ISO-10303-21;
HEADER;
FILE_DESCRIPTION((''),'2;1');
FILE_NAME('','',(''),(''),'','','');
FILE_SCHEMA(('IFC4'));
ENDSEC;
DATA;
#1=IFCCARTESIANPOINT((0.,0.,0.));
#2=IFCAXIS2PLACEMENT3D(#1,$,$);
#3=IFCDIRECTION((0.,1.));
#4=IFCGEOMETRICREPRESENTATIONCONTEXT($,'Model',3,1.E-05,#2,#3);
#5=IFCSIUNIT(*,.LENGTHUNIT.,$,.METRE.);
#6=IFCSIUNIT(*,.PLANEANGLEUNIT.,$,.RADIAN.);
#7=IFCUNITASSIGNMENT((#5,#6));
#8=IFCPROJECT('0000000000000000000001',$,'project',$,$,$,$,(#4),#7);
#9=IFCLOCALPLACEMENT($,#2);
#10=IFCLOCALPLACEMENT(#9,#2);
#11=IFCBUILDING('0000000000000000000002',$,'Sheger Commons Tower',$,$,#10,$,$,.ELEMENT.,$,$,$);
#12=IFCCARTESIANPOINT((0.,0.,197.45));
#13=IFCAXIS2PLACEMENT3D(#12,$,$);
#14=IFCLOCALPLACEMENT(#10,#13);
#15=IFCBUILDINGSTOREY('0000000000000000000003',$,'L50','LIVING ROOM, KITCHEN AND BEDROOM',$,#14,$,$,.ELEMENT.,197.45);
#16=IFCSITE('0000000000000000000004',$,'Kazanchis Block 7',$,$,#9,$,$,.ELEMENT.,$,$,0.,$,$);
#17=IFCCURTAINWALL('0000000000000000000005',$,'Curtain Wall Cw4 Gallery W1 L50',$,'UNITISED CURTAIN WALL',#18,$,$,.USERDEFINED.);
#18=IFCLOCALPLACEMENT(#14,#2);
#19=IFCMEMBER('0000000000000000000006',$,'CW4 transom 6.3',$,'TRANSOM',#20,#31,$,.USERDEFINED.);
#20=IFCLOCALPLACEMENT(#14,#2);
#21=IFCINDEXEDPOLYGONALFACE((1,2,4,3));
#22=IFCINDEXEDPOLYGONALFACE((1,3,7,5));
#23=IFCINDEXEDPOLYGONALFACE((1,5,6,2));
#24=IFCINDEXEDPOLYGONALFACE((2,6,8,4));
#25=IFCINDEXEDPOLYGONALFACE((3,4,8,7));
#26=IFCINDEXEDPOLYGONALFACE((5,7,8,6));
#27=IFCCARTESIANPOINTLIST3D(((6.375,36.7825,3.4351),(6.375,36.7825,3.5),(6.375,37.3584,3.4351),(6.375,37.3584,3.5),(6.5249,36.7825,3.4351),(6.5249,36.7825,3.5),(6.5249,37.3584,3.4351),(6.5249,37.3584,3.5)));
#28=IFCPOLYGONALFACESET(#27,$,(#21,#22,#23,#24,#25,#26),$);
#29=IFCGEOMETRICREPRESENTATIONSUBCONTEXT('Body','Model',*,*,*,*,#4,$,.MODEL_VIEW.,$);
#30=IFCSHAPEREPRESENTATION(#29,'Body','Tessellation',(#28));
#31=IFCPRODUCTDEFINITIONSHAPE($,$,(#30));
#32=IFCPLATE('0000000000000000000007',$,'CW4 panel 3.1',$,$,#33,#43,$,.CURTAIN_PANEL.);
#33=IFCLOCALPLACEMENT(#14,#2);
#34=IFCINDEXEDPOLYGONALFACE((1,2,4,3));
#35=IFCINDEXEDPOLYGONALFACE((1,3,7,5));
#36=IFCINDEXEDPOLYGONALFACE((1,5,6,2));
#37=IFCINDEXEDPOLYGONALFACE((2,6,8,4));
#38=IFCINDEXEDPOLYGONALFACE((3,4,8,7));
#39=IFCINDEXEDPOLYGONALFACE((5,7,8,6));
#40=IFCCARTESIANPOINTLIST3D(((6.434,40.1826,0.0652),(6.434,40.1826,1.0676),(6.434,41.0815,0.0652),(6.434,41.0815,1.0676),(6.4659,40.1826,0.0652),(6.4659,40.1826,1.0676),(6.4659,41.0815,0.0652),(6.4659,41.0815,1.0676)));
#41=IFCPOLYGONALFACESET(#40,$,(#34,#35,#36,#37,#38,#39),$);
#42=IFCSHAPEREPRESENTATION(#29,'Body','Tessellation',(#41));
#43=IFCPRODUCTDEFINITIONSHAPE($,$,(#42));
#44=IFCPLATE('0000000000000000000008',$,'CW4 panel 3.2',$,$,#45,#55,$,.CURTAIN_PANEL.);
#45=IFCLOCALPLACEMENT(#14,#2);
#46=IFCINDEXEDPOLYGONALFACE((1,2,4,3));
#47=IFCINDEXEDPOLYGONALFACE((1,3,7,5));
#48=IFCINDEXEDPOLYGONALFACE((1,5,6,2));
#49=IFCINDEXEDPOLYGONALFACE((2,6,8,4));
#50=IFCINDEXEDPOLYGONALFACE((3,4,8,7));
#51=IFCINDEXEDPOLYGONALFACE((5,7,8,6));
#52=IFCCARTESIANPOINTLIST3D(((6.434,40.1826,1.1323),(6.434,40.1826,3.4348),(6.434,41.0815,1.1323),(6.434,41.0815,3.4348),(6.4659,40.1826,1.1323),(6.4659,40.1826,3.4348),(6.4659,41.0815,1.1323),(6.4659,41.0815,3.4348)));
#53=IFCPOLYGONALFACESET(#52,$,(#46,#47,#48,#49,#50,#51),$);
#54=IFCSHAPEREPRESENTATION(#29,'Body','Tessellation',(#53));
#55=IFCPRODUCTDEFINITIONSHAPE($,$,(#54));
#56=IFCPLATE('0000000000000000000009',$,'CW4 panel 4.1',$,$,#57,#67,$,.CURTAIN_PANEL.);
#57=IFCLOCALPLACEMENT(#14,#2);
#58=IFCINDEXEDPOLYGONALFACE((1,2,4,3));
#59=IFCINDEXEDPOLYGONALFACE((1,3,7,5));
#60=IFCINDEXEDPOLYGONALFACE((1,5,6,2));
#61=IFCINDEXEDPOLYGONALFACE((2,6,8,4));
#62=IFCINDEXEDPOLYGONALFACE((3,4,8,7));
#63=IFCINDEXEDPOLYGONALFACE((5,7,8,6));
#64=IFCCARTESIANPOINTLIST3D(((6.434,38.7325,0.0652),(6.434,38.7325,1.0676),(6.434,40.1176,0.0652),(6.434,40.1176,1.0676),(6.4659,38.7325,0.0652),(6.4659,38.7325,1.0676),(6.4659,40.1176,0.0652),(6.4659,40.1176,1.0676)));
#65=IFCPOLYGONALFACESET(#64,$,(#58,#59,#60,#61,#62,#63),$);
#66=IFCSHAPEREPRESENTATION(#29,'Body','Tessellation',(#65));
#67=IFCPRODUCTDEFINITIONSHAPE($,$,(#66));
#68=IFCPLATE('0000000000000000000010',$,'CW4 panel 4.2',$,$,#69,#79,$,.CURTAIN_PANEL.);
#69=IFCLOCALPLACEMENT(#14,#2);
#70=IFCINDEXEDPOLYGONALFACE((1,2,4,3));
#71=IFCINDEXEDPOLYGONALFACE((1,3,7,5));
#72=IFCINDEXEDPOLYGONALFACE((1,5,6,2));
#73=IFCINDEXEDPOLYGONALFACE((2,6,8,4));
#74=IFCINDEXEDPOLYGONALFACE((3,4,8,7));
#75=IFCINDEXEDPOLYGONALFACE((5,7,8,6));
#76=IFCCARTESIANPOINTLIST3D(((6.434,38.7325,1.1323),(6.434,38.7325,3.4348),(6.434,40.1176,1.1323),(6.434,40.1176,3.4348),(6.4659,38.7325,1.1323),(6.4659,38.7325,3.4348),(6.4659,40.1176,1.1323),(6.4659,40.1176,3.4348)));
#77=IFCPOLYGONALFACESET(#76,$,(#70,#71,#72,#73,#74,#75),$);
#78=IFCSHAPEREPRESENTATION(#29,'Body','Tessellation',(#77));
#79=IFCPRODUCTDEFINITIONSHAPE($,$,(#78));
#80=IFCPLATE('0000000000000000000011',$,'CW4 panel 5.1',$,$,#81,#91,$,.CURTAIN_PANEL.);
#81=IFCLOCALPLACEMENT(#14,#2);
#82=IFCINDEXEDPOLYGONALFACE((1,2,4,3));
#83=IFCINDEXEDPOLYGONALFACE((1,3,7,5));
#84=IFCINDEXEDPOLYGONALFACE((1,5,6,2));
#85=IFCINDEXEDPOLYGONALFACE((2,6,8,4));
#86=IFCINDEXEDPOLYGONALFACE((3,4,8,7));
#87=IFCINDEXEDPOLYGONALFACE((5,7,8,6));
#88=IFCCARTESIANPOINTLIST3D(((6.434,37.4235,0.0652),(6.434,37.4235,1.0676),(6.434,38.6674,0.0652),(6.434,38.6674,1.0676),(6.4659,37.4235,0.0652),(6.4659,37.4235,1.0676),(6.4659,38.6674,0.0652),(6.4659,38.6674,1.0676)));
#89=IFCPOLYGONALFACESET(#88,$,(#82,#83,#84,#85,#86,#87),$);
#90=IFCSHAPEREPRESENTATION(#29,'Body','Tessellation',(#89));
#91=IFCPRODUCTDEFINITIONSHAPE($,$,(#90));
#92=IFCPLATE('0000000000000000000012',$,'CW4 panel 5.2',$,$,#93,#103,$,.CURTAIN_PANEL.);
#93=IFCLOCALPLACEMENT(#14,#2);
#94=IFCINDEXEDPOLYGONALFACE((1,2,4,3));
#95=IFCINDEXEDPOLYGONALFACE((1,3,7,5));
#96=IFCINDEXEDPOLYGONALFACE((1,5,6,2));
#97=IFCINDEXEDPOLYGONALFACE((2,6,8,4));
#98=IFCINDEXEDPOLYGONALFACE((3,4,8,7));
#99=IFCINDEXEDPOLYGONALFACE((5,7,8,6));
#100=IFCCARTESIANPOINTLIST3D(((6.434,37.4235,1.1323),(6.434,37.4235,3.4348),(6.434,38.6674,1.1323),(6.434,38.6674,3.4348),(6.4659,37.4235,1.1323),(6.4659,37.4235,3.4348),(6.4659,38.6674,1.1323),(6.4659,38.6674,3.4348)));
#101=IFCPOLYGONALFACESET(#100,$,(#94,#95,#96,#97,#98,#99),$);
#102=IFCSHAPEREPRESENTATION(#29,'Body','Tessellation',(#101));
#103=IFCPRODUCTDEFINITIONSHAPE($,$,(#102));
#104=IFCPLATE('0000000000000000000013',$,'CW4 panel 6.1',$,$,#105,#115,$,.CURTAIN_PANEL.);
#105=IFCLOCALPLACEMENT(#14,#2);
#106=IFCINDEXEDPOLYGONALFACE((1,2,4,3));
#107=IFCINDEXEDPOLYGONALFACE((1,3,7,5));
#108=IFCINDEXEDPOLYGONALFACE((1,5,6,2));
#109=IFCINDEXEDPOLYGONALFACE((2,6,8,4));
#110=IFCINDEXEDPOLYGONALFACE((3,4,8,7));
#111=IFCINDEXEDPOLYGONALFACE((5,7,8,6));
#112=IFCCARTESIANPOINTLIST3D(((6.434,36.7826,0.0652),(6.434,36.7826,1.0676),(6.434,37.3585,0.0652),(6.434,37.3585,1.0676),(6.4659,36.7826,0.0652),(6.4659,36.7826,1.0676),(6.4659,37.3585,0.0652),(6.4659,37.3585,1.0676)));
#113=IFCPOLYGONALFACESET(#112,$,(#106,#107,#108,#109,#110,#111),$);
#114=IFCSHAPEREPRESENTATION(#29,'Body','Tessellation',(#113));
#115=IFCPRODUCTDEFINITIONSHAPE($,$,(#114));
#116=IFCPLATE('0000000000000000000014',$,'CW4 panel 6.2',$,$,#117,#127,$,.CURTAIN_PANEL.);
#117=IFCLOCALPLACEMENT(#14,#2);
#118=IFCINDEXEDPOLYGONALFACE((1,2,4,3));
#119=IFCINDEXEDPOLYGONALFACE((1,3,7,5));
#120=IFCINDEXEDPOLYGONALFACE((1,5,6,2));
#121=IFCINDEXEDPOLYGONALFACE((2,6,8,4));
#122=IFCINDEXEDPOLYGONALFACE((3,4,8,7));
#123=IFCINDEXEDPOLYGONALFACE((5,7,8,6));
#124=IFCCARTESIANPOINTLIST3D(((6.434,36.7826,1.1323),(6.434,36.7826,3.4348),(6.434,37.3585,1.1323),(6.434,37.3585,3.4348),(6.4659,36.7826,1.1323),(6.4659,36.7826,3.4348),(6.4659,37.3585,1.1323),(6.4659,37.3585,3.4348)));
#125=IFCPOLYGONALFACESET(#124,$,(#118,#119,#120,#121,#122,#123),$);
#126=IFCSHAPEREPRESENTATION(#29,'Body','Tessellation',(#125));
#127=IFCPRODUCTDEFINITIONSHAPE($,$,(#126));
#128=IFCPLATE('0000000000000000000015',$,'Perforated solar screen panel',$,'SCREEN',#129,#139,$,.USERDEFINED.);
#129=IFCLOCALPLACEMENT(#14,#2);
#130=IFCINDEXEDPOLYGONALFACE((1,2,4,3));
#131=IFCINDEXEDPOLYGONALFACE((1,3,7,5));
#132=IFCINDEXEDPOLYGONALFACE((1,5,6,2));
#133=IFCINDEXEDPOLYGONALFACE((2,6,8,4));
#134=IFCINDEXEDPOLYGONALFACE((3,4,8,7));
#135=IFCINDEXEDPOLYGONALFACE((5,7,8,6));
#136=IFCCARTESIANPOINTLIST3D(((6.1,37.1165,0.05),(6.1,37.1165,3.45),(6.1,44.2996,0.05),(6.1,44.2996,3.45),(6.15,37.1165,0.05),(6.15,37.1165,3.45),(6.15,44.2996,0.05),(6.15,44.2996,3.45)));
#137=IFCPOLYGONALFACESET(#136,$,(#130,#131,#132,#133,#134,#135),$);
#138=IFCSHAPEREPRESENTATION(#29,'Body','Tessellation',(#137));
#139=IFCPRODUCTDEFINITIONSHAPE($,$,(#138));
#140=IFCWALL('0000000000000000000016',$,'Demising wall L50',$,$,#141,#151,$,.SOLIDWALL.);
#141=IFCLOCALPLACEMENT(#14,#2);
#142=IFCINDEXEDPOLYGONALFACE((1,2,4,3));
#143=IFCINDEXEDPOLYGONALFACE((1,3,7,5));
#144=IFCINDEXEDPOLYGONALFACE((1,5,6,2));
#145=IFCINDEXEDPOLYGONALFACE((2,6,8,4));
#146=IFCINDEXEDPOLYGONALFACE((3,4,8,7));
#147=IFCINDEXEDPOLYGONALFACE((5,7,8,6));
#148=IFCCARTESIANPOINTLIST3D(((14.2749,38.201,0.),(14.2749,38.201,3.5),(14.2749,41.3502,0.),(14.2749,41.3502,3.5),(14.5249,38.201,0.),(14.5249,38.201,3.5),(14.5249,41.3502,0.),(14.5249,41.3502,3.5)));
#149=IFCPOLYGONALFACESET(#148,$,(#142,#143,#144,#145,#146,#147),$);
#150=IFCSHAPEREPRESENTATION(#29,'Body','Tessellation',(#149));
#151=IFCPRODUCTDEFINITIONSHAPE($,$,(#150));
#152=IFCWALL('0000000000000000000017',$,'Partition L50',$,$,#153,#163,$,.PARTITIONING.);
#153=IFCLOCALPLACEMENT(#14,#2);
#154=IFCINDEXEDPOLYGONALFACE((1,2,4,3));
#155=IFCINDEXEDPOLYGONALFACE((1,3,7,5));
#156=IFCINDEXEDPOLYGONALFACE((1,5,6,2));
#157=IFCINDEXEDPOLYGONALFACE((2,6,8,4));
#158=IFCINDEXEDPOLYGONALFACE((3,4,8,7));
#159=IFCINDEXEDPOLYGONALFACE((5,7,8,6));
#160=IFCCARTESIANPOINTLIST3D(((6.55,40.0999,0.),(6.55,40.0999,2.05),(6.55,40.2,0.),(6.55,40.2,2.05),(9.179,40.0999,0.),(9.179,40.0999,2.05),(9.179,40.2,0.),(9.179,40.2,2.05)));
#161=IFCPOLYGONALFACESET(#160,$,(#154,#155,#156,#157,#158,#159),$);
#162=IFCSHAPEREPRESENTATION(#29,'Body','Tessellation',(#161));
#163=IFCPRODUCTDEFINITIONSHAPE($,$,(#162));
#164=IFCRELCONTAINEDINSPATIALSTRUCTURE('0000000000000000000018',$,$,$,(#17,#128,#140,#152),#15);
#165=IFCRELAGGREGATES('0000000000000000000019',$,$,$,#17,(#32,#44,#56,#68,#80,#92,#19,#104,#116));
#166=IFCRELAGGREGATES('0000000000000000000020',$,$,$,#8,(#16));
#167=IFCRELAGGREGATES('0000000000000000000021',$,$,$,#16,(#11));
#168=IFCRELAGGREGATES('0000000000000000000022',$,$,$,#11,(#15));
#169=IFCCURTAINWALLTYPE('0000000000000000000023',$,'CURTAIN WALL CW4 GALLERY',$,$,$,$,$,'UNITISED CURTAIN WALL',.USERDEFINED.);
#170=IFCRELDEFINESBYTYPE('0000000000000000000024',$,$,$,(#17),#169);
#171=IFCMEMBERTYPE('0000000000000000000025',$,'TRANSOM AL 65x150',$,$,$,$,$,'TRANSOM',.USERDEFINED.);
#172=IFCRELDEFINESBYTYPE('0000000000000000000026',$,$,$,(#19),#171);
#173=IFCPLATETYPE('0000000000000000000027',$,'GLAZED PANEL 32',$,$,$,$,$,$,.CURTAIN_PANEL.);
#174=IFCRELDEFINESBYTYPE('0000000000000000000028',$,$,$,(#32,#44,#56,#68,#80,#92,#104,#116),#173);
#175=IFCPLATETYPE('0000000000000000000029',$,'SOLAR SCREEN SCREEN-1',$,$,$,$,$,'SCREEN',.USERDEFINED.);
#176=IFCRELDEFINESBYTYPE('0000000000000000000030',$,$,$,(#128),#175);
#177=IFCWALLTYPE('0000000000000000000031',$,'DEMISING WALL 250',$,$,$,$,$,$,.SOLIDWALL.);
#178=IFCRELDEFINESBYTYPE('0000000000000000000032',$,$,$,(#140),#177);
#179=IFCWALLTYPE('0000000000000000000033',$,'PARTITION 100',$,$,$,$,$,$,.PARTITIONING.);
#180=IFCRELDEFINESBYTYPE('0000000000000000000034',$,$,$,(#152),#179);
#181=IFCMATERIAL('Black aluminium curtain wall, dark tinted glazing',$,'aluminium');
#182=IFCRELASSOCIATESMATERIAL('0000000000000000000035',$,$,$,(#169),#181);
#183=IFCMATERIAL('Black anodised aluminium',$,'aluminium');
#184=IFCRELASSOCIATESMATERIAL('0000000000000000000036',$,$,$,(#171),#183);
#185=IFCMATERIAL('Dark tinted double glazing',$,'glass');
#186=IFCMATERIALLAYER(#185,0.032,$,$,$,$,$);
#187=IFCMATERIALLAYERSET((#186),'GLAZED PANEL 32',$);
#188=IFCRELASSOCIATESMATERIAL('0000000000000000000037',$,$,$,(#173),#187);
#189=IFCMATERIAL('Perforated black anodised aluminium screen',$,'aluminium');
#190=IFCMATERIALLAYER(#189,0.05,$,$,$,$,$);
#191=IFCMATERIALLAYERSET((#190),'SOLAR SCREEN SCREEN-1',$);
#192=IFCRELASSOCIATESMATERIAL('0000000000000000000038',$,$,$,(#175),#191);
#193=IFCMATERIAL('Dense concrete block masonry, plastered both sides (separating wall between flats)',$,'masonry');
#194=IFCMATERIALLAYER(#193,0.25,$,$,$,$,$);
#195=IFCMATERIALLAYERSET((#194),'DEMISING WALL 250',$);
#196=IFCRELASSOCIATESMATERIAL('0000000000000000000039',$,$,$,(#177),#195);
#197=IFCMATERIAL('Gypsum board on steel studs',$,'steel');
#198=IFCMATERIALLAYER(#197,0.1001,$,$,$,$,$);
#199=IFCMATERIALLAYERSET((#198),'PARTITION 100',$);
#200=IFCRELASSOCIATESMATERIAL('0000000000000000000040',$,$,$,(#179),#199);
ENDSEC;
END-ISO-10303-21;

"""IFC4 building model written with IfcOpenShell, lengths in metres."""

from ifc_helpers import new_model, si_unit, direction, frame, frame_2d, origin, origin_2d, place, context, subcontext, project, spatial, rectangle, extrude, material, layer, layer_set, material_profile, profile_set, type_object, element, aggregate, save


model = new_model("IFC4")

# Units and contexts
model_context = context("Model", 3, precision=1e-05, world=origin(), true_north=direction((0.0, 1.0)))
body_context = subcontext(model_context, "Body", "Model", "MODEL_VIEW")
ifc_project = project(units=[si_unit("LENGTHUNIT", "METRE"), si_unit("PLANEANGLEUNIT", "RADIAN")], contexts=[model_context])

# Site, building, storey
site_placement = place(None, origin())
site = spatial("IfcSite", under=ifc_project, at=site_placement, Name="Kazanchis Block 7", CompositionType="ELEMENT", RefElevation=0.0)
building_placement = place(site_placement, origin())
building = spatial("IfcBuilding", under=site, at=building_placement, Name="Sheger Commons Tower", CompositionType="ELEMENT")
storey_placement = place(building_placement, frame((0.0, 0.0, 197.45)))
storey = spatial("IfcBuildingStorey", under=building, at=storey_placement, Name="L50", Description="LIVING ROOM, KITCHEN AND BEDROOM", CompositionType="ELEMENT", Elevation=197.45)

# Curtain wall
ifc_material_1 = material(Name="Black aluminium curtain wall, dark tinted glazing", Category="aluminium")
curtain_wall_type = type_object("IfcCurtainWallType", Name="CURTAIN WALL CW4 GALLERY", ElementType="UNITISED CURTAIN WALL", PredefinedType="USERDEFINED", material=ifc_material_1)
curtain_wall_placement = place(storey_placement, origin())
curtain_wall = element("IfcCurtainWall", 1, at=curtain_wall_placement, inside=storey, type_object=curtain_wall_type, Name="Curtain Wall Cw4 Gallery W1 L50", ObjectType="UNITISED CURTAIN WALL", PredefinedType="USERDEFINED")

# Member
ifc_material_2 = material(Name="Black anodised aluminium", Category="aluminium")
ifc_material_profile_1 = material_profile(ifc_material_2, rectangle(XDim=0.1499, YDim=0.0649, at=origin_2d()), Name="AL 65x150")
ifc_profile_set_1 = profile_set([ifc_material_profile_1], Name="Black anodised aluminium")
member_type_1 = type_object("IfcMemberType", Name="TRANSOM AL 65x150", ElementType="TRANSOM", PredefinedType="USERDEFINED", material=ifc_profile_set_1)
member_1_placement = place(storey_placement, frame((6.45, 37.3584, 3.4675), z_axis=(0.0, -1.0, 0.0), x_axis=(1.0, 0.0, 0.0)))
member_1 = element("IfcMember", 2, at=member_1_placement, type_object=member_type_1, Name="CW4 transom 6.3", ObjectType="TRANSOM", PredefinedType="USERDEFINED", context=body_context, shape_type="SweptSolid", body=[
    extrude(rectangle(XDim=0.1499, YDim=0.0649, at=origin_2d()), origin(), (0.0, 0.0, 1.0), 0.5759),
])

# Plates
ifc_material_3 = material(Name="Dark tinted double glazing", Category="glass")
ifc_layer_1 = layer(ifc_material_3, 0.032)
ifc_layer_set_1 = layer_set([ifc_layer_1], Name="GLAZED PANEL 32")
plate_type_1 = type_object("IfcPlateType", Name="GLAZED PANEL 32", PredefinedType="CURTAIN_PANEL", material=ifc_layer_set_1)
plate_1_placement = place(storey_placement, frame((6.45, 40.6321, 0.0652), z_axis=(0.0, 0.0, 1.0), x_axis=(0.0, -1.0, 0.0)))
plate_1 = element("IfcPlate", 3, at=plate_1_placement, type_object=plate_type_1, Name="CW4 panel 3.1", PredefinedType="CURTAIN_PANEL", context=body_context, shape_type="SweptSolid", body=[
    extrude(rectangle(XDim=0.8989, YDim=0.032, at=origin_2d()), origin(), (0.0, 0.0, 1.0), 1.0024),
])
plate_2_placement = place(storey_placement, frame((6.45, 40.6321, 1.1323), z_axis=(0.0, 0.0, 1.0), x_axis=(0.0, -1.0, 0.0)))
plate_2 = element("IfcPlate", 4, at=plate_2_placement, type_object=plate_type_1, Name="CW4 panel 3.2", PredefinedType="CURTAIN_PANEL", context=body_context, shape_type="SweptSolid", body=[
    extrude(rectangle(XDim=0.8989, YDim=0.032, at=origin_2d()), origin(), (0.0, 0.0, 1.0), 2.3025),
])
plate_3_placement = place(storey_placement, frame((6.45, 39.425, 0.0652), z_axis=(0.0, 0.0, 1.0), x_axis=(0.0, -1.0, 0.0)))
plate_3 = element("IfcPlate", 5, at=plate_3_placement, type_object=plate_type_1, Name="CW4 panel 4.1", PredefinedType="CURTAIN_PANEL", context=body_context, shape_type="SweptSolid", body=[
    extrude(rectangle(XDim=1.385, YDim=0.032, at=origin_2d()), origin(), (0.0, 0.0, 1.0), 1.0024),
])
plate_4_placement = place(storey_placement, frame((6.45, 39.425, 1.1323), z_axis=(0.0, 0.0, 1.0), x_axis=(0.0, -1.0, 0.0)))
plate_4 = element("IfcPlate", 6, at=plate_4_placement, type_object=plate_type_1, Name="CW4 panel 4.2", PredefinedType="CURTAIN_PANEL", context=body_context, shape_type="SweptSolid", body=[
    extrude(rectangle(XDim=1.385, YDim=0.032, at=origin_2d()), origin(), (0.0, 0.0, 1.0), 2.3025),
])
plate_5_placement = place(storey_placement, frame((6.45, 38.0454, 0.0652), z_axis=(0.0, 0.0, 1.0), x_axis=(0.0, -1.0, 0.0)))
plate_5 = element("IfcPlate", 7, at=plate_5_placement, type_object=plate_type_1, Name="CW4 panel 5.1", PredefinedType="CURTAIN_PANEL", context=body_context, shape_type="SweptSolid", body=[
    extrude(rectangle(XDim=1.2439, YDim=0.032, at=origin_2d()), origin(), (0.0, 0.0, 1.0), 1.0024),
])
plate_6_placement = place(storey_placement, frame((6.45, 38.0454, 1.1323), z_axis=(0.0, 0.0, 1.0), x_axis=(0.0, -1.0, 0.0)))
plate_6 = element("IfcPlate", 8, at=plate_6_placement, type_object=plate_type_1, Name="CW4 panel 5.2", PredefinedType="CURTAIN_PANEL", context=body_context, shape_type="SweptSolid", body=[
    extrude(rectangle(XDim=1.2439, YDim=0.032, at=origin_2d()), origin(), (0.0, 0.0, 1.0), 2.3025),
])
plate_7_placement = place(storey_placement, frame((6.45, 37.0706, 0.0652), z_axis=(0.0, 0.0, 1.0), x_axis=(0.0, -1.0, 0.0)))
plate_7 = element("IfcPlate", 9, at=plate_7_placement, type_object=plate_type_1, Name="CW4 panel 6.1", PredefinedType="CURTAIN_PANEL", context=body_context, shape_type="SweptSolid", body=[
    extrude(rectangle(XDim=0.5759, YDim=0.032, at=origin_2d()), origin(), (0.0, 0.0, 1.0), 1.0024),
])
plate_8_placement = place(storey_placement, frame((6.45, 37.0706, 1.1323), z_axis=(0.0, 0.0, 1.0), x_axis=(0.0, -1.0, 0.0)))
plate_8 = element("IfcPlate", 10, at=plate_8_placement, type_object=plate_type_1, Name="CW4 panel 6.2", PredefinedType="CURTAIN_PANEL", context=body_context, shape_type="SweptSolid", body=[
    extrude(rectangle(XDim=0.5759, YDim=0.032, at=origin_2d()), origin(), (0.0, 0.0, 1.0), 2.3025),
])
aggregate(curtain_wall, [plate_1, plate_2, plate_3, plate_4, plate_5, plate_6, member_1, plate_7, plate_8])
ifc_material_4 = material(Name="Perforated black anodised aluminium screen", Category="aluminium")
ifc_layer_2 = layer(ifc_material_4, 0.05)
ifc_layer_set_2 = layer_set([ifc_layer_2], Name="SOLAR SCREEN SCREEN-1")
plate_type_2 = type_object("IfcPlateType", Name="SOLAR SCREEN SCREEN-1", ElementType="SCREEN", PredefinedType="USERDEFINED", material=ifc_layer_set_2)
plate_9_placement = place(storey_placement, frame((6.125, 40.708, 0.05), z_axis=(0.0, 0.0, 1.0), x_axis=(0.0, -1.0, 0.0)))
element("IfcPlate", 11, at=plate_9_placement, inside=storey, type_object=plate_type_2, Name="Perforated solar screen panel", ObjectType="SCREEN", PredefinedType="USERDEFINED", context=body_context, shape_type="SweptSolid", body=[
    extrude(rectangle(XDim=7.1831, YDim=0.05, at=origin_2d()), origin(), (0.0, 0.0, 1.0), 3.3999),
])

# Walls
ifc_material_5 = material(Name="Dense concrete block masonry, plastered both sides (separating wall between flats)", Category="masonry")
ifc_layer_3 = layer(ifc_material_5, 0.25)
ifc_layer_set_3 = layer_set([ifc_layer_3], Name="DEMISING WALL 250")
wall_type_1 = type_object("IfcWallType", Name="DEMISING WALL 250", PredefinedType="SOLIDWALL", material=ifc_layer_set_3)
wall_1_placement = place(storey_placement, frame((14.3999, 38.2009, 0.0), z_axis=(0.0, 0.0, 1.0), x_axis=(0.0, 1.0, 0.0)))
element("IfcWall", 12, at=wall_1_placement, inside=storey, type_object=wall_type_1, Name="Demising wall L50", PredefinedType="SOLIDWALL", context=body_context, shape_type="SweptSolid", body=[
    extrude(rectangle(XDim=3.1492, YDim=0.25, at=frame_2d((1.5747, 0.0))), origin(), (0.0, 0.0, 1.0), 3.5),
])
ifc_material_6 = material(Name="Gypsum board on steel studs", Category="steel")
ifc_layer_4 = layer(ifc_material_6, 0.1001)
ifc_layer_set_4 = layer_set([ifc_layer_4], Name="PARTITION 100")
wall_type_2 = type_object("IfcWallType", Name="PARTITION 100", PredefinedType="PARTITIONING", material=ifc_layer_set_4)
wall_2_placement = place(storey_placement, frame((6.55, 40.1499, 0.0), z_axis=(0.0, 0.0, 1.0), x_axis=(1.0, 0.0, 0.0)))
element("IfcWall", 13, at=wall_2_placement, inside=storey, type_object=wall_type_2, Name="Partition L50", PredefinedType="PARTITIONING", context=body_context, shape_type="SweptSolid", body=[
    extrude(rectangle(XDim=2.6289, YDim=0.1001, at=frame_2d((1.3145, 0.0))), origin(), (0.0, 0.0, 1.0), 2.05),
])

save(model, "model.ifc")
